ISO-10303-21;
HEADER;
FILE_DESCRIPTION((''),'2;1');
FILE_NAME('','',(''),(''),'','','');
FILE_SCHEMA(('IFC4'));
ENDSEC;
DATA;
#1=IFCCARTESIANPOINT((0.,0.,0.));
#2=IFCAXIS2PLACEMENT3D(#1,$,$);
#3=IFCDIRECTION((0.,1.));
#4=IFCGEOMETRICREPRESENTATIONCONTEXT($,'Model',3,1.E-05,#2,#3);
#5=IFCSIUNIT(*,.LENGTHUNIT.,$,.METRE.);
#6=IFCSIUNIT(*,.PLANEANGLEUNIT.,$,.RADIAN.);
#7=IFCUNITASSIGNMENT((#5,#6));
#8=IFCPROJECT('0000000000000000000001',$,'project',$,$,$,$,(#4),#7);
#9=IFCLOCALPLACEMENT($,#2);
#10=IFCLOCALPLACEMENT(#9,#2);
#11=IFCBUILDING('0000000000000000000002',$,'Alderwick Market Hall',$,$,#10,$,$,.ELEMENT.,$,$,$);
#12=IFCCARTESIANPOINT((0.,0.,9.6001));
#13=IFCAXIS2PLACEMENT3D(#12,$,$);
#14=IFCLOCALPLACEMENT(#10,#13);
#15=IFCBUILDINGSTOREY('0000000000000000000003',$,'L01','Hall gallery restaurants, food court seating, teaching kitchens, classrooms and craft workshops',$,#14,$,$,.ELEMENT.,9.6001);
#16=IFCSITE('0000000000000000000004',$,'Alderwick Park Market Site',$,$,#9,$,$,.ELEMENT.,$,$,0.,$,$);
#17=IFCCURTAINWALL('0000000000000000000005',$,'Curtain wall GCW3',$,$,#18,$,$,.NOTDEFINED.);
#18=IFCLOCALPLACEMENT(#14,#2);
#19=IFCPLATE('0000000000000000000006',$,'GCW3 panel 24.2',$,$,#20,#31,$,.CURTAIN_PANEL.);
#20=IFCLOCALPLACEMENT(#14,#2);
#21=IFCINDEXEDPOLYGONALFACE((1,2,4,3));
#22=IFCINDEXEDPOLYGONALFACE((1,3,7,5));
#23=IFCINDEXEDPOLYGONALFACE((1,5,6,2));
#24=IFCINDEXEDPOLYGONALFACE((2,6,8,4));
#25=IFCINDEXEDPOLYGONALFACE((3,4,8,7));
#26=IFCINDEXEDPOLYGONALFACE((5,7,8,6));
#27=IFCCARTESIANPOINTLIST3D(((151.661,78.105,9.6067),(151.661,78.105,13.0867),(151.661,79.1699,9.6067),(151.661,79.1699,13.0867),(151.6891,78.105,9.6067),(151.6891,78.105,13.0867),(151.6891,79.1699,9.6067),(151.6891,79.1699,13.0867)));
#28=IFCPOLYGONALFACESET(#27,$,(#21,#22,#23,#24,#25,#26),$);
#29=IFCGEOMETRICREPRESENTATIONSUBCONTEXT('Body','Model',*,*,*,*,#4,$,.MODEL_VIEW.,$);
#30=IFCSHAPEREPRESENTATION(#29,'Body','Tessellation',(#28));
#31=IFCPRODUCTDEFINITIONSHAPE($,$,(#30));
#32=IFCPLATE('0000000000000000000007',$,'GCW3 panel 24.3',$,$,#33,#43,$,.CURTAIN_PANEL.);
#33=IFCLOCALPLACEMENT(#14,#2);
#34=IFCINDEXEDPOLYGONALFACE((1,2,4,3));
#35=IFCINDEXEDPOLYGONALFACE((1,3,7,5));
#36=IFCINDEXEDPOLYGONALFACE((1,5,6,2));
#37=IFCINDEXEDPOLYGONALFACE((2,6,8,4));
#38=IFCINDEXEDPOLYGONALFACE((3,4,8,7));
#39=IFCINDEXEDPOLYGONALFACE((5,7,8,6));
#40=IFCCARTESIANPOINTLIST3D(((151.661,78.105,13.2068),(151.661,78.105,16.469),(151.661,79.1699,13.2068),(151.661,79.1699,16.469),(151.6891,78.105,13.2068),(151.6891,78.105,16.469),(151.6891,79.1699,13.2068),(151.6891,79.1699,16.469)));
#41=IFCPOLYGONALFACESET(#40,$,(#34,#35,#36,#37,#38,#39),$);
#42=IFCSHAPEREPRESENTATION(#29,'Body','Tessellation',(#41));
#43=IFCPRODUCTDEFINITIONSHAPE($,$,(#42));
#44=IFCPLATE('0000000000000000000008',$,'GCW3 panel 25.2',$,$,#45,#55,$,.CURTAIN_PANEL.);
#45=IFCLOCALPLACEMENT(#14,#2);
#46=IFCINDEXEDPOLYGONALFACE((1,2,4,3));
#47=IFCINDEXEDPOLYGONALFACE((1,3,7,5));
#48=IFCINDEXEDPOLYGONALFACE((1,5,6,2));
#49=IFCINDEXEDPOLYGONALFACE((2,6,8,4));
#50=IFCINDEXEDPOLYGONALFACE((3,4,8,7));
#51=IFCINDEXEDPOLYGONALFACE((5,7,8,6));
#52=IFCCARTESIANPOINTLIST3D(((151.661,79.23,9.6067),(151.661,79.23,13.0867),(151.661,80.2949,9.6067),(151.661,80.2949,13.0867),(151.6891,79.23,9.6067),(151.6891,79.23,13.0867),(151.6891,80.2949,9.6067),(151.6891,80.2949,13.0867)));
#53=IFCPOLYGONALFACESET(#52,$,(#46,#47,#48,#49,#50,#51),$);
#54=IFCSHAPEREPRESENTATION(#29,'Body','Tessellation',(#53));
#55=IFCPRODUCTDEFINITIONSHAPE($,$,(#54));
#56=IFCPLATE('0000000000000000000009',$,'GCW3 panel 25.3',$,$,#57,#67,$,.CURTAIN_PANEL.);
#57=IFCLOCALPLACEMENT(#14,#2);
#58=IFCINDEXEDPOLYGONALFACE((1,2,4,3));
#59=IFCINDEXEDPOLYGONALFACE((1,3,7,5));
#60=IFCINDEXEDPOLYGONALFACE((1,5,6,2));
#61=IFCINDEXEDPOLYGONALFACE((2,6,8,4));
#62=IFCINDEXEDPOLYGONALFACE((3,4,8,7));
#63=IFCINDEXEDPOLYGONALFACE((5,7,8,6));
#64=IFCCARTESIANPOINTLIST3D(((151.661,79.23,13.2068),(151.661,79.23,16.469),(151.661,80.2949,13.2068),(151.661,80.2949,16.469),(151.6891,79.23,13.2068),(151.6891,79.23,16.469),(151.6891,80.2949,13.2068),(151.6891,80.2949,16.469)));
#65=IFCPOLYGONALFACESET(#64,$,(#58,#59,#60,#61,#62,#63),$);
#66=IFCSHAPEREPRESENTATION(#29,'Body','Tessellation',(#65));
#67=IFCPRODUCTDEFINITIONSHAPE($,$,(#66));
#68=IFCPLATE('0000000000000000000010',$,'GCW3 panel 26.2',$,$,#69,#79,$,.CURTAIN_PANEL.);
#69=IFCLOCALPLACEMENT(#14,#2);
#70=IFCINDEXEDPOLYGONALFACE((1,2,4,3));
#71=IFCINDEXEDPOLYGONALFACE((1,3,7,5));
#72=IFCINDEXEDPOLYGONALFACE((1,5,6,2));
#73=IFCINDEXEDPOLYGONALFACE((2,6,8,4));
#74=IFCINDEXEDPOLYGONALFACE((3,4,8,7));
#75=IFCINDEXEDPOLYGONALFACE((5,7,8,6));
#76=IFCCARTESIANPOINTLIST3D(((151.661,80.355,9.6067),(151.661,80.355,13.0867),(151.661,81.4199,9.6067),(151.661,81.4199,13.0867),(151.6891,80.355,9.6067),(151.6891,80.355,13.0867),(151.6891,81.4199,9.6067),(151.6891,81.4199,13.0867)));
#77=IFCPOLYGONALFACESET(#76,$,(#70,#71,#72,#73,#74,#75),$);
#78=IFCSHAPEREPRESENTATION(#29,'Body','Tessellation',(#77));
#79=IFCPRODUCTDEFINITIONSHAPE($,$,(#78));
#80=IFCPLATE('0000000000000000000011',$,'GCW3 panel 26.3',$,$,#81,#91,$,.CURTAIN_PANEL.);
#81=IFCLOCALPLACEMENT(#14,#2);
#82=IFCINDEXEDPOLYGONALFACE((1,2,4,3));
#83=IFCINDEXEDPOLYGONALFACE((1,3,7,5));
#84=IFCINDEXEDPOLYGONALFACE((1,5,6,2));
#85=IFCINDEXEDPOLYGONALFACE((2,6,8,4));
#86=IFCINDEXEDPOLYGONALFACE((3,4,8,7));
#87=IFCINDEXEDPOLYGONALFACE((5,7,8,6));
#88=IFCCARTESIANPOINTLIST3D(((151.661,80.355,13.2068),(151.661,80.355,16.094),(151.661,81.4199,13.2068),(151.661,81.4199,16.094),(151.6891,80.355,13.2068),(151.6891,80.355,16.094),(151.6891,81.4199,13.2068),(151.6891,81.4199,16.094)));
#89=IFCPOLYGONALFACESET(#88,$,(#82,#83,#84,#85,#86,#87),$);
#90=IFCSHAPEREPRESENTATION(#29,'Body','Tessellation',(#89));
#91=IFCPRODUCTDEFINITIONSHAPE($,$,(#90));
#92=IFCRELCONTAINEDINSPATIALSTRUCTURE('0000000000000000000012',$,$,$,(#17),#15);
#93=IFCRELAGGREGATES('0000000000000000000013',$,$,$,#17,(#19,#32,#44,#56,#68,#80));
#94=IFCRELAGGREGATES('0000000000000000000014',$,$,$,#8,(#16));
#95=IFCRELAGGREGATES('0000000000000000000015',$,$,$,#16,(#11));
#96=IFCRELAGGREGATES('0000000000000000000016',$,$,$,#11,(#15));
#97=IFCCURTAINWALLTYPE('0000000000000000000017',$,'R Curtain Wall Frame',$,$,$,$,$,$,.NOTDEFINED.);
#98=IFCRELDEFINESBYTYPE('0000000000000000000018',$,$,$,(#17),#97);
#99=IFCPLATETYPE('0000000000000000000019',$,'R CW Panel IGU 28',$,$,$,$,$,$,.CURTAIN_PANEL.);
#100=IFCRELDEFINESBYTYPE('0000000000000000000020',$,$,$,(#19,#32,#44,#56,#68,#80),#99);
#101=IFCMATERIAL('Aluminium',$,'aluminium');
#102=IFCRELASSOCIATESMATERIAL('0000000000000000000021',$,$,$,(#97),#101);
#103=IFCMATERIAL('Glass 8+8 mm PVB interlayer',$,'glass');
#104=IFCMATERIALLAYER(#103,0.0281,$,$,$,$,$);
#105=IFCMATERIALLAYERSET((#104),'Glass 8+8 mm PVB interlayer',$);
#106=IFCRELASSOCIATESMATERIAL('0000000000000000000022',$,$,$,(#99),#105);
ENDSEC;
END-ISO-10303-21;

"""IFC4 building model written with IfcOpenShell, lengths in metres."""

from ifc_helpers import new_model, si_unit, direction, frame, origin, origin_2d, place, context, subcontext, project, spatial, rectangle, extrude, material, layer, layer_set, type_object, element, aggregate, save


model = new_model("IFC4")

# Units and contexts
model_context = context("Model", 3, precision=1e-05, world=origin(), true_north=direction((0.0, 1.0)))
body_context = subcontext(model_context, "Body", "Model", "MODEL_VIEW")
ifc_project = project(units=[si_unit("LENGTHUNIT", "METRE"), si_unit("PLANEANGLEUNIT", "RADIAN")], contexts=[model_context])

# Site, building, storey
site_placement = place(None, origin())
site = spatial("IfcSite", under=ifc_project, at=site_placement, Name="Alderwick Park Market Site", CompositionType="ELEMENT", RefElevation=0.0)
building_placement = place(site_placement, origin())
building = spatial("IfcBuilding", under=site, at=building_placement, Name="Alderwick Market Hall", CompositionType="ELEMENT")
storey_placement = place(building_placement, frame((0.0, 0.0, 9.6001)))
storey = spatial("IfcBuildingStorey", under=building, at=storey_placement, Name="L01", Description="Hall gallery restaurants, food court seating, teaching kitchens, classrooms and craft workshops", CompositionType="ELEMENT", Elevation=9.6001)

# Curtain wall, plates
ifc_material_1 = material(Name="Aluminium", Category="aluminium")
curtain_wall_type = type_object("IfcCurtainWallType", Name="R Curtain Wall Frame", PredefinedType="NOTDEFINED", material=ifc_material_1)
curtain_wall_placement = place(storey_placement, origin())
curtain_wall = element("IfcCurtainWall", 1, at=curtain_wall_placement, inside=storey, type_object=curtain_wall_type, Name="Curtain wall GCW3", PredefinedType="NOTDEFINED")
ifc_material_2 = material(Name="Glass 8+8 mm PVB interlayer", Category="glass")
ifc_layer = layer(ifc_material_2, 0.0281)
ifc_layer_set = layer_set([ifc_layer], Name="Glass 8+8 mm PVB interlayer")
plate_type = type_object("IfcPlateType", Name="R CW Panel IGU 28", PredefinedType="CURTAIN_PANEL", material=ifc_layer_set)
plate_1_placement = place(storey_placement, frame((151.675, 78.6375, 9.6067), z_axis=(0.0, 0.0, 1.0), x_axis=(1.0, 0.0, 0.0)))
plate_1 = element("IfcPlate", 2, at=plate_1_placement, type_object=plate_type, Name="GCW3 panel 24.2", PredefinedType="CURTAIN_PANEL", context=body_context, shape_type="SweptSolid", body=[
    extrude(rectangle(XDim=0.0281, YDim=1.0649, at=origin_2d()), origin(), (0.0, 0.0, 1.0), 3.48),
])
plate_2_placement = place(storey_placement, frame((151.675, 78.6375, 13.2068), z_axis=(0.0, 0.0, 1.0), x_axis=(1.0, 0.0, 0.0)))
plate_2 = element("IfcPlate", 3, at=plate_2_placement, type_object=plate_type, Name="GCW3 panel 24.3", PredefinedType="CURTAIN_PANEL", context=body_context, shape_type="SweptSolid", body=[
    extrude(rectangle(XDim=0.0281, YDim=1.0649, at=origin_2d()), origin(), (0.0, 0.0, 1.0), 3.2622),
])
plate_3_placement = place(storey_placement, frame((151.675, 79.7625, 9.6067), z_axis=(0.0, 0.0, 1.0), x_axis=(1.0, 0.0, 0.0)))
plate_3 = element("IfcPlate", 4, at=plate_3_placement, type_object=plate_type, Name="GCW3 panel 25.2", PredefinedType="CURTAIN_PANEL", context=body_context, shape_type="SweptSolid", body=[
    extrude(rectangle(XDim=0.0281, YDim=1.0649, at=origin_2d()), origin(), (0.0, 0.0, 1.0), 3.48),
])
plate_4_placement = place(storey_placement, frame((151.675, 79.7625, 13.2068), z_axis=(0.0, 0.0, 1.0), x_axis=(1.0, 0.0, 0.0)))
plate_4 = element("IfcPlate", 5, at=plate_4_placement, type_object=plate_type, Name="GCW3 panel 25.3", PredefinedType="CURTAIN_PANEL", context=body_context, shape_type="SweptSolid", body=[
    extrude(rectangle(XDim=0.0281, YDim=1.0649, at=origin_2d()), origin(), (0.0, 0.0, 1.0), 3.2622),
])
plate_5_placement = place(storey_placement, frame((151.675, 80.8875, 9.6067), z_axis=(0.0, 0.0, 1.0), x_axis=(1.0, 0.0, 0.0)))
plate_5 = element("IfcPlate", 6, at=plate_5_placement, type_object=plate_type, Name="GCW3 panel 26.2", PredefinedType="CURTAIN_PANEL", context=body_context, shape_type="SweptSolid", body=[
    extrude(rectangle(XDim=0.0281, YDim=1.0649, at=origin_2d()), origin(), (0.0, 0.0, 1.0), 3.48),
])
plate_6_placement = place(storey_placement, frame((151.675, 80.8875, 13.2068), z_axis=(0.0, 0.0, 1.0), x_axis=(1.0, 0.0, 0.0)))
plate_6 = element("IfcPlate", 7, at=plate_6_placement, type_object=plate_type, Name="GCW3 panel 26.3", PredefinedType="CURTAIN_PANEL", context=body_context, shape_type="SweptSolid", body=[
    extrude(rectangle(XDim=0.0281, YDim=1.0649, at=origin_2d()), origin(), (0.0, 0.0, 1.0), 2.8872),
])
aggregate(curtain_wall, [plate_1, plate_2, plate_3, plate_4, plate_5, plate_6])

save(model, "model.ifc")
